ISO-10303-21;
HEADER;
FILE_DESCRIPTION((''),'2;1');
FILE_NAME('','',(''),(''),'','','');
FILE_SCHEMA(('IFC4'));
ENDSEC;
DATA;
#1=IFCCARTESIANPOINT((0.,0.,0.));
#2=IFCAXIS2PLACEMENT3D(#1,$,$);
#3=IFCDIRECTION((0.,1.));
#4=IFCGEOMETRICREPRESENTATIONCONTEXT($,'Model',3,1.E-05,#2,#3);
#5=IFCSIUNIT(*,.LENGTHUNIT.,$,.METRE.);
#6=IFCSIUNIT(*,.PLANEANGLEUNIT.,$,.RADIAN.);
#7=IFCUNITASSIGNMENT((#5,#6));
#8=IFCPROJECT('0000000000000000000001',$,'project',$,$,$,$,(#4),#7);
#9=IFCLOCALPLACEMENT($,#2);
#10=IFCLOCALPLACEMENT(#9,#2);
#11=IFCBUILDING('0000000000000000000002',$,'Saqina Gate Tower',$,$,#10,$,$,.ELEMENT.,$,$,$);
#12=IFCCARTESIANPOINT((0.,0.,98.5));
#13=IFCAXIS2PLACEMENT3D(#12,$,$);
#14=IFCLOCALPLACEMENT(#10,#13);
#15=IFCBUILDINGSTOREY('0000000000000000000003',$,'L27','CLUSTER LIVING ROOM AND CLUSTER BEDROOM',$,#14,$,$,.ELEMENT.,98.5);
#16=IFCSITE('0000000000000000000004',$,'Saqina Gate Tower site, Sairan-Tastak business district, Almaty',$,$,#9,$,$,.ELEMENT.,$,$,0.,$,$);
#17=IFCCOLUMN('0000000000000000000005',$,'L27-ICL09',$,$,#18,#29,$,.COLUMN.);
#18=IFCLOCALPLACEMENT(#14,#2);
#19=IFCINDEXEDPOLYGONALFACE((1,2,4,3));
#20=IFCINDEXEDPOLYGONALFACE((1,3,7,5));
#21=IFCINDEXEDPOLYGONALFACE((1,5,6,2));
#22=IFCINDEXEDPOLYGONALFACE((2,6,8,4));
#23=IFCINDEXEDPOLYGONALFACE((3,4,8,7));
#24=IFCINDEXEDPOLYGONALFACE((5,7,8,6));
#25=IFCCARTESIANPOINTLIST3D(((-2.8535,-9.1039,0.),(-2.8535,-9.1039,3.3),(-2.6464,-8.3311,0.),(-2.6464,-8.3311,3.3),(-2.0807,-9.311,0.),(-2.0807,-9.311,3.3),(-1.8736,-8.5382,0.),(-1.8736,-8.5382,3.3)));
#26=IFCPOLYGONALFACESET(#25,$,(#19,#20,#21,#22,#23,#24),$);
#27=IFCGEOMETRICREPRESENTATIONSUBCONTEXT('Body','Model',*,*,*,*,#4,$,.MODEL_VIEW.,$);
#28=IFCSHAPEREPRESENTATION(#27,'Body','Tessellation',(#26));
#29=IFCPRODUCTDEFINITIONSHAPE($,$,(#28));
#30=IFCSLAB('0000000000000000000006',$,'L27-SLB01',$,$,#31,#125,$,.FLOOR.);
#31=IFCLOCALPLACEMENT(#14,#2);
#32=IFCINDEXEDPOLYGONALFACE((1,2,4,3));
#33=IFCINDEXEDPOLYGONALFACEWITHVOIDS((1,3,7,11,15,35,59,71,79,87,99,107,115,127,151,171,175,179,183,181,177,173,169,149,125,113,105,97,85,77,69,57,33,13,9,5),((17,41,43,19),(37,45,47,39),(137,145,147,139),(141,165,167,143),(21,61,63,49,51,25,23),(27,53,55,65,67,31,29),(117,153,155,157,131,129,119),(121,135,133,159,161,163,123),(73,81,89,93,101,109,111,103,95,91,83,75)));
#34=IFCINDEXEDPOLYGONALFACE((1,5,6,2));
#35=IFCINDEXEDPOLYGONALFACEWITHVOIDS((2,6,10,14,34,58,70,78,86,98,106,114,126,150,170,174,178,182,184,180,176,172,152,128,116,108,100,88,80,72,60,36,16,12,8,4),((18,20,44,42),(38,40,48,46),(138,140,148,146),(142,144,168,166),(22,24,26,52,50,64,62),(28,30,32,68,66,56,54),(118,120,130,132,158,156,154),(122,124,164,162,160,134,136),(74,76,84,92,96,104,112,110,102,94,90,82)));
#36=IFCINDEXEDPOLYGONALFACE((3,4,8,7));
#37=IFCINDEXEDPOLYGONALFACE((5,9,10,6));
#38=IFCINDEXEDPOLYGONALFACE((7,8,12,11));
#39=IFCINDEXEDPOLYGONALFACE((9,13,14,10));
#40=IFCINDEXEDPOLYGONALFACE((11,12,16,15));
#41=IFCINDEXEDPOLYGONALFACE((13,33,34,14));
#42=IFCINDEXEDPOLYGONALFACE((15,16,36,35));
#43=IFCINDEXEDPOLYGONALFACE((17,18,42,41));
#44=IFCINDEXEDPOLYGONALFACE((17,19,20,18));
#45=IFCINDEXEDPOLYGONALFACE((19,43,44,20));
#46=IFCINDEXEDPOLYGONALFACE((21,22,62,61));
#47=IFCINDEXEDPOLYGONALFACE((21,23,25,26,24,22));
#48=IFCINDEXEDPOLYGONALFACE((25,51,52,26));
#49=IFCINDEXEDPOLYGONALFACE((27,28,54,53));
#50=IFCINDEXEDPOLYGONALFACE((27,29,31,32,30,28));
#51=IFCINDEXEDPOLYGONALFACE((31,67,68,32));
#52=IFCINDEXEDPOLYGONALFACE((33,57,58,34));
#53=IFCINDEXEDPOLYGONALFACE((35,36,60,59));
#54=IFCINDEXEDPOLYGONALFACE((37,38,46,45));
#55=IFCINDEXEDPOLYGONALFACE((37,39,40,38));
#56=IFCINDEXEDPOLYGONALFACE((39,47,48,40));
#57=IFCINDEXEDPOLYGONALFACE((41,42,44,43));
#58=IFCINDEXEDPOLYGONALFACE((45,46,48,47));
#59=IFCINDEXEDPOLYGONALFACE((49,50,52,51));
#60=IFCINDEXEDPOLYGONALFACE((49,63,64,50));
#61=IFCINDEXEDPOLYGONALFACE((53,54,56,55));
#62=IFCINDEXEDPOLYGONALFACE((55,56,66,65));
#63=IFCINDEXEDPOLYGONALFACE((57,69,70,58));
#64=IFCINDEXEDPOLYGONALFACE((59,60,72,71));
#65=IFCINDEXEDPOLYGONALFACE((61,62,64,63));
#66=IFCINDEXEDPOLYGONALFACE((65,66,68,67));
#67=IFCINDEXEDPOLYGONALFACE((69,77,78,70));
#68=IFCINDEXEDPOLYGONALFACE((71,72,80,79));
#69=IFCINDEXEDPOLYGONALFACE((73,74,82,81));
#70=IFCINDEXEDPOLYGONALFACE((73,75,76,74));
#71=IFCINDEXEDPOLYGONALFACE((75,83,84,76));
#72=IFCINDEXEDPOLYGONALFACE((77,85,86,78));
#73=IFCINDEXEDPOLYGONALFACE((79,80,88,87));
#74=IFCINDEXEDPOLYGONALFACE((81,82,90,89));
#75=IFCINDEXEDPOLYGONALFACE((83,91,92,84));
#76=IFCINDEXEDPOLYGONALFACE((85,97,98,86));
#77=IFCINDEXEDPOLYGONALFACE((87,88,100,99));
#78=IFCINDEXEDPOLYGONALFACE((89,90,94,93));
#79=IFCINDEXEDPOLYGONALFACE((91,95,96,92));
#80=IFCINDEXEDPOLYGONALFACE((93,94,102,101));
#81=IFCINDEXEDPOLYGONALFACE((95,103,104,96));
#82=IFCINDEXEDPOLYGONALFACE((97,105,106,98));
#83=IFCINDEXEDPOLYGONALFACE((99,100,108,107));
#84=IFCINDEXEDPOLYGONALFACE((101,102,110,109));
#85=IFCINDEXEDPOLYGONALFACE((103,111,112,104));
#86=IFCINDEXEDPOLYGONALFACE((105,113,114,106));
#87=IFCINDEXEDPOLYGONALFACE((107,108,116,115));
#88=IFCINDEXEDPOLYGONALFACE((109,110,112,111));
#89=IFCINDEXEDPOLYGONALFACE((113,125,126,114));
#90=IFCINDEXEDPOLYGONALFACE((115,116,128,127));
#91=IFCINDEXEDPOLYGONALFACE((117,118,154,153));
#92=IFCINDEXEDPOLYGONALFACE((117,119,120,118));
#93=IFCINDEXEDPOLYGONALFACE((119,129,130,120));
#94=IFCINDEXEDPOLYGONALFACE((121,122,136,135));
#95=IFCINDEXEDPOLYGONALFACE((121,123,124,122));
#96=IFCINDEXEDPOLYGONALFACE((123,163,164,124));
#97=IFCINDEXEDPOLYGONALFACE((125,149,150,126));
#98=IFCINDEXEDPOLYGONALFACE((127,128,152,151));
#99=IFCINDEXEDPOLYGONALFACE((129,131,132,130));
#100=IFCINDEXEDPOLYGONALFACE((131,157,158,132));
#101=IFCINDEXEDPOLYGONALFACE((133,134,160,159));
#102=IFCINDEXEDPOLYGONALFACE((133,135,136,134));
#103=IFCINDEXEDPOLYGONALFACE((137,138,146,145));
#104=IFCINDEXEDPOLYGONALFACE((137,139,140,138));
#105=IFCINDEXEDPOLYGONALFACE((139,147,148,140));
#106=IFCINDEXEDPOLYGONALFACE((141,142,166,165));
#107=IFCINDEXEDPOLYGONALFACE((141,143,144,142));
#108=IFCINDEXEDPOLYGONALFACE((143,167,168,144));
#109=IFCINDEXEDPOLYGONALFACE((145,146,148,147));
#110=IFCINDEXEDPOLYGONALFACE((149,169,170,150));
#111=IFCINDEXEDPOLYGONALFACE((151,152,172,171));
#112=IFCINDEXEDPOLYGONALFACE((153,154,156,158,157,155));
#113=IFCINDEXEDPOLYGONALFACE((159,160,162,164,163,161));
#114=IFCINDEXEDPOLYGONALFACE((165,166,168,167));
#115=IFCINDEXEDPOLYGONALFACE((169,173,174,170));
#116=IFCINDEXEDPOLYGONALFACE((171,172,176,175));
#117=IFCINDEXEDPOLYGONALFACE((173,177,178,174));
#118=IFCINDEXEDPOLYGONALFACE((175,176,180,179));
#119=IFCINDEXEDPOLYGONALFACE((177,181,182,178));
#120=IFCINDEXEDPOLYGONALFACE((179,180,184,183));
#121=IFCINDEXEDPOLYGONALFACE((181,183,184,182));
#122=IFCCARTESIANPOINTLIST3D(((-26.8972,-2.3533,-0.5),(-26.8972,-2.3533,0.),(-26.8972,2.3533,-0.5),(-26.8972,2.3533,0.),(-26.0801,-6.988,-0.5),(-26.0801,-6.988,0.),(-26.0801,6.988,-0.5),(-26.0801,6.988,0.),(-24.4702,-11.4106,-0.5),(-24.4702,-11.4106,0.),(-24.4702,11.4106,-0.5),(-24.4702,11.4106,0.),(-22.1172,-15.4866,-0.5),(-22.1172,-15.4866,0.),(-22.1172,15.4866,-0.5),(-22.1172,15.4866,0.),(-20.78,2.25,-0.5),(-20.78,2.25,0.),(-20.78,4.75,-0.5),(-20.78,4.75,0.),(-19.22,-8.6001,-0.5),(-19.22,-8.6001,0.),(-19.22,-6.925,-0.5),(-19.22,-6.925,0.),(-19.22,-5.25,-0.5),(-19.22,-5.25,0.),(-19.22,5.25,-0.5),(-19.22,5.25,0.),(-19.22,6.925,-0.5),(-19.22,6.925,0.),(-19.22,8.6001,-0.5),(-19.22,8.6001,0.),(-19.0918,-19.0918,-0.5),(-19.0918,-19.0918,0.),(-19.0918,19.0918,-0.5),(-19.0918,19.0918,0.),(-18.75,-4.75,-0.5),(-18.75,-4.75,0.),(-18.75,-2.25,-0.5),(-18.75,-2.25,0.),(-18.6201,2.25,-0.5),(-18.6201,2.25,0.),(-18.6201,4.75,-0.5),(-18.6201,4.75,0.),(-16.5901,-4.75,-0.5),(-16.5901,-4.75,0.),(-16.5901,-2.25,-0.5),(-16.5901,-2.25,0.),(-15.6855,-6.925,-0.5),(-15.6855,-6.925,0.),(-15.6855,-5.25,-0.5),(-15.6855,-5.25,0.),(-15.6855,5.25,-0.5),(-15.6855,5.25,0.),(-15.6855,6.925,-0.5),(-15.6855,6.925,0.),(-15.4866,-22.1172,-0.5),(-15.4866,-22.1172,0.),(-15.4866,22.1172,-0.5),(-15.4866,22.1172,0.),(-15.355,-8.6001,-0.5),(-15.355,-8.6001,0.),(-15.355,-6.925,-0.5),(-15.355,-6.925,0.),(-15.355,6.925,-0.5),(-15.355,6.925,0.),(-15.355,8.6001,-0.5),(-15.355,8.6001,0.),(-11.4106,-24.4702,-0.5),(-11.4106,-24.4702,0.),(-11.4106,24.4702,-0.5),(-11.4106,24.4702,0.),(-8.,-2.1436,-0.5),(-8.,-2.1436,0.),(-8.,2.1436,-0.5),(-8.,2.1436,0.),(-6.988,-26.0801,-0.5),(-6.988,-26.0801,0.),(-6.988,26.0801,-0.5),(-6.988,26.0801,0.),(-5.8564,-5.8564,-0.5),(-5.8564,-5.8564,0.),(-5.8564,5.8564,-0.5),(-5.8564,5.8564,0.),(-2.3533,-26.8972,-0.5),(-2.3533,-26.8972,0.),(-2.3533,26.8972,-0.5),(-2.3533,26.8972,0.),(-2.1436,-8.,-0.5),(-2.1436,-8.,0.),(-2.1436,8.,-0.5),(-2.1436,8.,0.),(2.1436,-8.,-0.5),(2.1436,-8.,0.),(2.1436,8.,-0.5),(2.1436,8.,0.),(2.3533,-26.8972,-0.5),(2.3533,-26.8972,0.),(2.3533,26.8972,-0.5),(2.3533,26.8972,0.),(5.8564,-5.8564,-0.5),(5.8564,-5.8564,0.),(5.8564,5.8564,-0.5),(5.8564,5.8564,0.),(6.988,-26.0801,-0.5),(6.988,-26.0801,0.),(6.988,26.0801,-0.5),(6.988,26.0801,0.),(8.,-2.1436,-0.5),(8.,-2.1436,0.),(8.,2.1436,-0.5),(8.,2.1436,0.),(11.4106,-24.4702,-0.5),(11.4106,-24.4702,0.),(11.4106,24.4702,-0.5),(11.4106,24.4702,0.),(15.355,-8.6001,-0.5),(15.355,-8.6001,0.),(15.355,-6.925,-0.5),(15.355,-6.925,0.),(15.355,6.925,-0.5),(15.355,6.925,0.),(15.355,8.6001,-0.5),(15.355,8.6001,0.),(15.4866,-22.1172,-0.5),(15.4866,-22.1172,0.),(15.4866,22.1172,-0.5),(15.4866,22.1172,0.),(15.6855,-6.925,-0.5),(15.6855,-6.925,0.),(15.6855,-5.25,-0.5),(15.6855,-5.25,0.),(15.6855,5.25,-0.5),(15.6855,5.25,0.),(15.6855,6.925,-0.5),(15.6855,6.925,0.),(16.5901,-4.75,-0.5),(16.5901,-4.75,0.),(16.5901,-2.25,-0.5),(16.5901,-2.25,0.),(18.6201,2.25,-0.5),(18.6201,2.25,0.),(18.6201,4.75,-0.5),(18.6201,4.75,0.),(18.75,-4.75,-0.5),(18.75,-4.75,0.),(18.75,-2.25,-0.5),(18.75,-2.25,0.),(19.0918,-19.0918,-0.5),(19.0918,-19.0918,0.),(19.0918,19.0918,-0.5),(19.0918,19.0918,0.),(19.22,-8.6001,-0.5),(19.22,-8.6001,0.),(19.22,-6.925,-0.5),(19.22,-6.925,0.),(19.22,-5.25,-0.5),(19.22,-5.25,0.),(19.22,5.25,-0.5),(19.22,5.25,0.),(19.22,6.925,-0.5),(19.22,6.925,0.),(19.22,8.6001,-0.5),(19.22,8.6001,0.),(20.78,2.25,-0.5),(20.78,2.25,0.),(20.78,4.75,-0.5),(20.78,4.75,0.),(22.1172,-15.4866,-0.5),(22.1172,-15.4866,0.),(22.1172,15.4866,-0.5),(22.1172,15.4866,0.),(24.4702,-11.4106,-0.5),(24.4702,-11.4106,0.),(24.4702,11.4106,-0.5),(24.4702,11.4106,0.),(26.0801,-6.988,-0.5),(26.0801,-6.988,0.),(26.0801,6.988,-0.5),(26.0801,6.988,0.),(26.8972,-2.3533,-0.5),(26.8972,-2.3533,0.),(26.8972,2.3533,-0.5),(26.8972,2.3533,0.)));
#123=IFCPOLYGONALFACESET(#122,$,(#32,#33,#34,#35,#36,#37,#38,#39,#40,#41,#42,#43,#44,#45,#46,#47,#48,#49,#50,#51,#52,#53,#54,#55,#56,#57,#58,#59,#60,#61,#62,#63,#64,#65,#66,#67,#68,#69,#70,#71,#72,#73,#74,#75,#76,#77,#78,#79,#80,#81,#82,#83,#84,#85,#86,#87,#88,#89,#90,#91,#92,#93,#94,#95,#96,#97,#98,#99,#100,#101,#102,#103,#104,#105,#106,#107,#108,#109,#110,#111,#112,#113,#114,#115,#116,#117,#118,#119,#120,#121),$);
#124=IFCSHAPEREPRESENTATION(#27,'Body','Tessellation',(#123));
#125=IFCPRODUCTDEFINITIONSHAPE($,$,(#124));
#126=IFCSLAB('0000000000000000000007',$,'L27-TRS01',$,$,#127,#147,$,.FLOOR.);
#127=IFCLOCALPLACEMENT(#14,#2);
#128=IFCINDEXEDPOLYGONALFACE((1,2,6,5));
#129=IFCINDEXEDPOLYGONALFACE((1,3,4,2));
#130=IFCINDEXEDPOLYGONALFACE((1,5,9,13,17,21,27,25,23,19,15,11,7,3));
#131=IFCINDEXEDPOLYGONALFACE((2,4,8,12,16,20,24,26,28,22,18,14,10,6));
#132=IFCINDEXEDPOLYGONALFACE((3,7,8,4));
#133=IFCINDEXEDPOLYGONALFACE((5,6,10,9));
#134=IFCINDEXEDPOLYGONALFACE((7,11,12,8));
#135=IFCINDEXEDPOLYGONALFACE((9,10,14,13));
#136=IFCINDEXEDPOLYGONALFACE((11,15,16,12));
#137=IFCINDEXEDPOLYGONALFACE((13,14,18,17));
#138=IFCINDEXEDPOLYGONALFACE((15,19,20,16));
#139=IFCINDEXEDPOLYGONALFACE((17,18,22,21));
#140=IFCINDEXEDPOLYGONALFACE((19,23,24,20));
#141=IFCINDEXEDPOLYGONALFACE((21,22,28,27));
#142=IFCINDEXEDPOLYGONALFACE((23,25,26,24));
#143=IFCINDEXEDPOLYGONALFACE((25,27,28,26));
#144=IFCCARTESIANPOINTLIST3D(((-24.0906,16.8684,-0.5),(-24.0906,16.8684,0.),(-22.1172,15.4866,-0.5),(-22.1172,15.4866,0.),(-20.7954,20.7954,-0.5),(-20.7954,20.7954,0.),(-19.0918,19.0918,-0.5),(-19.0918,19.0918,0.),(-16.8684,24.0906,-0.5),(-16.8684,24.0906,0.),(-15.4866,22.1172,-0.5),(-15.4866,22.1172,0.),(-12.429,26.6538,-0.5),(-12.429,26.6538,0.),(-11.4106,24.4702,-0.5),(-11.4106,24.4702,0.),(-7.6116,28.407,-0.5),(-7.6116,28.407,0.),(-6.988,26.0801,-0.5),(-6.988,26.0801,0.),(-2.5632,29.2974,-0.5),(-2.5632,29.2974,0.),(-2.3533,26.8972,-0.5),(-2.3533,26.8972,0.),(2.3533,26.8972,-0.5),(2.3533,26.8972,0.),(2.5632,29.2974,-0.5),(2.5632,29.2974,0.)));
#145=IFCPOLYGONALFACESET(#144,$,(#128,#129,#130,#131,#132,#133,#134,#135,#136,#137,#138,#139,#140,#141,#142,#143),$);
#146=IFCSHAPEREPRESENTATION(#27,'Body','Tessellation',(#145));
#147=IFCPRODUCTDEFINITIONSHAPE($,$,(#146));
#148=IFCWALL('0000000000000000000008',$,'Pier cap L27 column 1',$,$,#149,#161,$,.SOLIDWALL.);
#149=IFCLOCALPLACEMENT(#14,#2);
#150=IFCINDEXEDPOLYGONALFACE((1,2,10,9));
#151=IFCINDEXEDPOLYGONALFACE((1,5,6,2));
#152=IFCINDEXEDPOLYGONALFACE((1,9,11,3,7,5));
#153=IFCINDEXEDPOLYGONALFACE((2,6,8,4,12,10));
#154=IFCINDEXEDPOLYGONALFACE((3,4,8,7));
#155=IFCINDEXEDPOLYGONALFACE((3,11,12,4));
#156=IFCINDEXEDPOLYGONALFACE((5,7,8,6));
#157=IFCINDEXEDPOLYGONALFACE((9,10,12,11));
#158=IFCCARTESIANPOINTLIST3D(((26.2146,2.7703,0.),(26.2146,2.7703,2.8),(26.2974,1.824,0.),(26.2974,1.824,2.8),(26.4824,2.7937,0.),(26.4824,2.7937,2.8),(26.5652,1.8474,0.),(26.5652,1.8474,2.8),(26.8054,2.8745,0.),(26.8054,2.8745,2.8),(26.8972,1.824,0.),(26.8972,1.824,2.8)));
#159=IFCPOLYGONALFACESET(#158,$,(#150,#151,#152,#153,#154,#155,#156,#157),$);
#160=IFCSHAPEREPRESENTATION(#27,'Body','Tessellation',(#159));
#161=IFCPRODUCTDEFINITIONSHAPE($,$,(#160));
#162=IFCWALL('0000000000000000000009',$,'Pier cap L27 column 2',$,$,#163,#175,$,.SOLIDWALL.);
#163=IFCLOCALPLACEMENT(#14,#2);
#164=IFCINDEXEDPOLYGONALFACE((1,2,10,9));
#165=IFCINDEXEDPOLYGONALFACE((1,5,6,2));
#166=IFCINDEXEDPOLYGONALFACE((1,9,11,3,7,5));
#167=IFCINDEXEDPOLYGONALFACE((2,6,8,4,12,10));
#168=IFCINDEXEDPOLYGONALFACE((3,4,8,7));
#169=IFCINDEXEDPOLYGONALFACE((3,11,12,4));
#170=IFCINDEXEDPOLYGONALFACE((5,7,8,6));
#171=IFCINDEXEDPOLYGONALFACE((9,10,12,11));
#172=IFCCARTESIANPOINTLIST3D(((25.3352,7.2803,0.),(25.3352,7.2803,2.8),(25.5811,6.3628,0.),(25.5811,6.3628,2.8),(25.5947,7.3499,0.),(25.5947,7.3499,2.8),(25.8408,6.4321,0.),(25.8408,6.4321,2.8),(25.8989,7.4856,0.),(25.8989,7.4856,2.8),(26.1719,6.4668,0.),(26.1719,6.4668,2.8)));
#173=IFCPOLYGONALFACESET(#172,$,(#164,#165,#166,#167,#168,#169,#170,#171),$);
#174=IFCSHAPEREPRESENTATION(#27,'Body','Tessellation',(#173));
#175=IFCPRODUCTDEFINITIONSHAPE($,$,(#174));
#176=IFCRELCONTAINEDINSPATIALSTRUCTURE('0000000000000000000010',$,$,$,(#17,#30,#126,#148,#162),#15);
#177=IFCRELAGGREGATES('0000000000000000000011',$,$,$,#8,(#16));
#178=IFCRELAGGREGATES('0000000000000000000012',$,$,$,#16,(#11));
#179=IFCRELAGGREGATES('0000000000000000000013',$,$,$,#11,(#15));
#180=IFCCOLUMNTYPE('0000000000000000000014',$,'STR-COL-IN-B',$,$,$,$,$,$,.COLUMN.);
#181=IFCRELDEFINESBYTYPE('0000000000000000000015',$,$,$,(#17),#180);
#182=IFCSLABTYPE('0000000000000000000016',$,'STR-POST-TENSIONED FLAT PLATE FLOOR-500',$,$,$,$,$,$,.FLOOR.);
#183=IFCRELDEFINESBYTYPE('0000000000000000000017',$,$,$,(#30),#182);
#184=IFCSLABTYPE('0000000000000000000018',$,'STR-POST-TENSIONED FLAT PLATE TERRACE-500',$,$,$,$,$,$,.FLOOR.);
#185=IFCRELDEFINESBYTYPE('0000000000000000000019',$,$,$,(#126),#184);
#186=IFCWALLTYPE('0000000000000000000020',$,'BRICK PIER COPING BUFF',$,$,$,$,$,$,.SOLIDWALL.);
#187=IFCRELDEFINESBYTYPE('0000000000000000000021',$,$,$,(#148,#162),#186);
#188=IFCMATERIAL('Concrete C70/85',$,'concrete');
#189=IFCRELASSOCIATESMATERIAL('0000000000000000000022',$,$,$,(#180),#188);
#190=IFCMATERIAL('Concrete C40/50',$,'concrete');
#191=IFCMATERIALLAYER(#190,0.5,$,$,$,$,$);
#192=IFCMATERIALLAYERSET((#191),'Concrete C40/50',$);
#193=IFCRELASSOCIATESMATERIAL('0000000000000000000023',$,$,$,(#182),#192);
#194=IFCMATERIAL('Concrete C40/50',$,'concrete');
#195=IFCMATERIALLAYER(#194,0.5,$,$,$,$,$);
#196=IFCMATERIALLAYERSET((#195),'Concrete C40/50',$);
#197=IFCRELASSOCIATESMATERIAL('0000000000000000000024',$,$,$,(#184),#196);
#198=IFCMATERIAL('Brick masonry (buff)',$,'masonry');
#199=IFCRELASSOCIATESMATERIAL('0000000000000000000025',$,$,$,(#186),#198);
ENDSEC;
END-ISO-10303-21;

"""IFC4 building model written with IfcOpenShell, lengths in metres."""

from ifc_helpers import new_model, si_unit, direction, frame, origin, origin_2d, place, context, subcontext, project, spatial, polyline, rectangle, outline, extrude, material, layer, layer_set, material_profile, profile_set, type_object, element, save


model = new_model("IFC4")

# Units and contexts
model_context = context("Model", 3, precision=1e-05, world=origin(), true_north=direction((0.0, 1.0)))
body_context = subcontext(model_context, "Body", "Model", "MODEL_VIEW")
ifc_project = project(units=[si_unit("LENGTHUNIT", "METRE"), si_unit("PLANEANGLEUNIT", "RADIAN")], contexts=[model_context])

# Site, building, storey
site_placement = place(None, origin())
site = spatial("IfcSite", under=ifc_project, at=site_placement, Name="Saqina Gate Tower site, Sairan-Tastak business district, Almaty", CompositionType="ELEMENT", RefElevation=0.0)
building_placement = place(site_placement, origin())
building = spatial("IfcBuilding", under=site, at=building_placement, Name="Saqina Gate Tower", CompositionType="ELEMENT")
storey_placement = place(building_placement, frame((0.0, 0.0, 98.5)))
storey = spatial("IfcBuildingStorey", under=building, at=storey_placement, Name="L27", Description="CLUSTER LIVING ROOM AND CLUSTER BEDROOM", CompositionType="ELEMENT", Elevation=98.5)

# Column
ifc_material_1 = material(Name="Concrete C70/85", Category="concrete")
ifc_material_profile = material_profile(ifc_material_1, rectangle(XDim=0.8, YDim=0.8, at=origin_2d()), Name="RC 800x800")
ifc_profile_set = profile_set([ifc_material_profile], Name="Concrete C70/85")
column_type = type_object("IfcColumnType", Name="STR-COL-IN-B", PredefinedType="COLUMN", material=ifc_profile_set)
column_placement = place(storey_placement, frame((-2.3635, -8.821, 0.0), z_axis=(0.0, 0.0, 1.0), x_axis=(-0.258819, -0.965926, 0.0)))
element("IfcColumn", 1, at=column_placement, inside=storey, type_object=column_type, Name="L27-ICL09", PredefinedType="COLUMN", context=body_context, shape_type="SweptSolid", body=[
    extrude(rectangle(XDim=0.8, YDim=0.8, at=origin_2d()), origin(), (0.0, 0.0, 1.0), 3.3),
])

# Slabs
ifc_material_2 = material(Name="Concrete C40/50", Category="concrete")
ifc_layer_1 = layer(ifc_material_2, 0.5)
ifc_layer_set_1 = layer_set([ifc_layer_1], Name="Concrete C40/50")
slab_type_1 = type_object("IfcSlabType", Name="STR-POST-TENSIONED FLAT PLATE FLOOR-500", PredefinedType="FLOOR", material=ifc_layer_set_1)
slab_1_placement = place(storey_placement, frame((0.0, 0.0, -0.5)))
element("IfcSlab", 2, at=slab_1_placement, inside=storey, type_object=slab_type_1, Name="L27-SLB01", PredefinedType="FLOOR", context=body_context, shape_type="SweptSolid", body=[
    extrude(outline(polyline([(26.0801, -6.988), (26.8972, -2.3533), (26.8972, 2.3533), (26.0801, 6.988), (24.4702, 11.4106), (22.1172, 15.4866), (19.0918, 19.0918), (15.4866, 22.1172), (11.4106, 24.4702), (6.988, 26.0801), (2.3533, 26.8972), (-2.3533, 26.8972), (-6.988, 26.0801), (-11.4106, 24.4702), (-15.4866, 22.1172), (-19.0918, 19.0918), (-22.1172, 15.4866), (-24.4702, 11.4106), (-26.0801, 6.988), (-26.8972, 2.3533), (-26.8972, -2.3533), (-26.0801, -6.988), (-24.4702, -11.4106), (-22.1172, -15.4866), (-19.0918, -19.0918), (-15.4866, -22.1172), (-11.4106, -24.4702), (-6.988, -26.0801), (-2.3533, -26.8972), (2.3533, -26.8972), (6.988, -26.0801), (11.4106, -24.4702), (15.4866, -22.1172), (19.0918, -19.0918), (22.1172, -15.4866), (24.4702, -11.4106), (26.0801, -6.988)]), holes=[polyline([(2.1436, 8.0), (5.8564, 5.8564), (8.0, 2.1436), (8.0, -2.1436), (5.8564, -5.8564), (2.1436, -8.0), (-2.1436, -8.0), (-5.8564, -5.8564), (-8.0, -2.1436), (-8.0, 2.1436), (-5.8564, 5.8564), (-2.1436, 8.0), (2.1436, 8.0)]), polyline([(-15.355, -8.6001), (-19.22, -8.6001), (-19.22, -6.925), (-19.22, -5.25), (-15.6855, -5.25), (-15.6855, -6.925), (-15.355, -6.925), (-15.355, -8.6001)]), polyline([(-16.5901, -2.25), (-16.5901, -4.75), (-18.75, -4.75), (-18.75, -2.25), (-16.5901, -2.25)]), polyline([(-20.78, 4.75), (-18.6201, 4.75), (-18.6201, 2.25), (-20.78, 2.25), (-20.78, 4.75)]), polyline([(-19.22, 6.925), (-19.22, 8.6001), (-15.355, 8.6001), (-15.355, 6.925), (-15.6855, 6.925), (-15.6855, 5.25), (-19.22, 5.25), (-19.22, 6.925)]), polyline([(15.355, -8.6001), (15.355, -6.925), (15.6855, -6.925), (15.6855, -5.25), (19.22, -5.25), (19.22, -6.925), (19.22, -8.6001), (15.355, -8.6001)]), polyline([(18.75, -2.25), (18.75, -4.75), (16.5901, -4.75), (16.5901, -2.25), (18.75, -2.25)]), polyline([(18.6201, 4.75), (20.78, 4.75), (20.78, 2.25), (18.6201, 2.25), (18.6201, 4.75)]), polyline([(15.6855, 6.925), (15.355, 6.925), (15.355, 8.6001), (19.22, 8.6001), (19.22, 6.925), (19.22, 5.25), (15.6855, 5.25), (15.6855, 6.925)])]), origin(), (0.0, 0.0, 1.0), 0.5),
])
ifc_material_3 = material(Name="Concrete C40/50", Category="concrete")
ifc_layer_2 = layer(ifc_material_3, 0.5)
ifc_layer_set_2 = layer_set([ifc_layer_2], Name="Concrete C40/50")
slab_type_2 = type_object("IfcSlabType", Name="STR-POST-TENSIONED FLAT PLATE TERRACE-500", PredefinedType="FLOOR", material=ifc_layer_set_2)
slab_2_placement = place(storey_placement, frame((0.0, 0.0, -0.5)))
element("IfcSlab", 3, at=slab_2_placement, inside=storey, type_object=slab_type_2, Name="L27-TRS01", PredefinedType="FLOOR", context=body_context, shape_type="SweptSolid", body=[
    extrude(outline(polyline([(2.3533, 26.8972), (-2.3533, 26.8972), (-6.988, 26.0801), (-11.4106, 24.4702), (-15.4866, 22.1172), (-19.0918, 19.0918), (-22.1172, 15.4866), (-24.0906, 16.8684), (-20.7954, 20.7954), (-16.8684, 24.0906), (-12.429, 26.6538), (-7.6116, 28.407), (-2.5632, 29.2974), (2.5632, 29.2974), (2.3533, 26.8972)])), origin(), (0.0, 0.0, 1.0), 0.5),
])

# Walls
ifc_material_4 = material(Name="Brick masonry (buff)", Category="masonry")
wall_type_1 = type_object("IfcWallType", Name="BRICK PIER COPING BUFF", PredefinedType="SOLIDWALL", material=ifc_material_4)
wall_1_placement = place(storey_placement, origin())
element("IfcWall", 4, at=wall_1_placement, inside=storey, type_object=wall_type_1, Name="Pier cap L27 column 1", PredefinedType="SOLIDWALL", context=body_context, shape_type="SweptSolid", body=[
    extrude(outline(polyline([(26.8054, 2.8745), (26.2146, 2.7703), (26.4824, 2.7937), (26.5652, 1.8474), (26.2974, 1.824), (26.8972, 1.824), (26.8054, 2.8745)])), origin(), (0.0, 0.0, 1.0), 2.8),
])
wall_2_placement = place(storey_placement, origin())
element("IfcWall", 5, at=wall_2_placement, inside=storey, type_object=wall_type_1, Name="Pier cap L27 column 2", PredefinedType="SOLIDWALL", context=body_context, shape_type="SweptSolid", body=[
    extrude(outline(polyline([(26.1719, 6.4668), (25.8989, 7.4856), (25.3352, 7.2803), (25.5947, 7.3499), (25.8408, 6.4321), (25.5811, 6.3628), (26.1719, 6.4668)])), origin(), (0.0, 0.0, 1.0), 2.8),
])

save(model, "model.ifc")
